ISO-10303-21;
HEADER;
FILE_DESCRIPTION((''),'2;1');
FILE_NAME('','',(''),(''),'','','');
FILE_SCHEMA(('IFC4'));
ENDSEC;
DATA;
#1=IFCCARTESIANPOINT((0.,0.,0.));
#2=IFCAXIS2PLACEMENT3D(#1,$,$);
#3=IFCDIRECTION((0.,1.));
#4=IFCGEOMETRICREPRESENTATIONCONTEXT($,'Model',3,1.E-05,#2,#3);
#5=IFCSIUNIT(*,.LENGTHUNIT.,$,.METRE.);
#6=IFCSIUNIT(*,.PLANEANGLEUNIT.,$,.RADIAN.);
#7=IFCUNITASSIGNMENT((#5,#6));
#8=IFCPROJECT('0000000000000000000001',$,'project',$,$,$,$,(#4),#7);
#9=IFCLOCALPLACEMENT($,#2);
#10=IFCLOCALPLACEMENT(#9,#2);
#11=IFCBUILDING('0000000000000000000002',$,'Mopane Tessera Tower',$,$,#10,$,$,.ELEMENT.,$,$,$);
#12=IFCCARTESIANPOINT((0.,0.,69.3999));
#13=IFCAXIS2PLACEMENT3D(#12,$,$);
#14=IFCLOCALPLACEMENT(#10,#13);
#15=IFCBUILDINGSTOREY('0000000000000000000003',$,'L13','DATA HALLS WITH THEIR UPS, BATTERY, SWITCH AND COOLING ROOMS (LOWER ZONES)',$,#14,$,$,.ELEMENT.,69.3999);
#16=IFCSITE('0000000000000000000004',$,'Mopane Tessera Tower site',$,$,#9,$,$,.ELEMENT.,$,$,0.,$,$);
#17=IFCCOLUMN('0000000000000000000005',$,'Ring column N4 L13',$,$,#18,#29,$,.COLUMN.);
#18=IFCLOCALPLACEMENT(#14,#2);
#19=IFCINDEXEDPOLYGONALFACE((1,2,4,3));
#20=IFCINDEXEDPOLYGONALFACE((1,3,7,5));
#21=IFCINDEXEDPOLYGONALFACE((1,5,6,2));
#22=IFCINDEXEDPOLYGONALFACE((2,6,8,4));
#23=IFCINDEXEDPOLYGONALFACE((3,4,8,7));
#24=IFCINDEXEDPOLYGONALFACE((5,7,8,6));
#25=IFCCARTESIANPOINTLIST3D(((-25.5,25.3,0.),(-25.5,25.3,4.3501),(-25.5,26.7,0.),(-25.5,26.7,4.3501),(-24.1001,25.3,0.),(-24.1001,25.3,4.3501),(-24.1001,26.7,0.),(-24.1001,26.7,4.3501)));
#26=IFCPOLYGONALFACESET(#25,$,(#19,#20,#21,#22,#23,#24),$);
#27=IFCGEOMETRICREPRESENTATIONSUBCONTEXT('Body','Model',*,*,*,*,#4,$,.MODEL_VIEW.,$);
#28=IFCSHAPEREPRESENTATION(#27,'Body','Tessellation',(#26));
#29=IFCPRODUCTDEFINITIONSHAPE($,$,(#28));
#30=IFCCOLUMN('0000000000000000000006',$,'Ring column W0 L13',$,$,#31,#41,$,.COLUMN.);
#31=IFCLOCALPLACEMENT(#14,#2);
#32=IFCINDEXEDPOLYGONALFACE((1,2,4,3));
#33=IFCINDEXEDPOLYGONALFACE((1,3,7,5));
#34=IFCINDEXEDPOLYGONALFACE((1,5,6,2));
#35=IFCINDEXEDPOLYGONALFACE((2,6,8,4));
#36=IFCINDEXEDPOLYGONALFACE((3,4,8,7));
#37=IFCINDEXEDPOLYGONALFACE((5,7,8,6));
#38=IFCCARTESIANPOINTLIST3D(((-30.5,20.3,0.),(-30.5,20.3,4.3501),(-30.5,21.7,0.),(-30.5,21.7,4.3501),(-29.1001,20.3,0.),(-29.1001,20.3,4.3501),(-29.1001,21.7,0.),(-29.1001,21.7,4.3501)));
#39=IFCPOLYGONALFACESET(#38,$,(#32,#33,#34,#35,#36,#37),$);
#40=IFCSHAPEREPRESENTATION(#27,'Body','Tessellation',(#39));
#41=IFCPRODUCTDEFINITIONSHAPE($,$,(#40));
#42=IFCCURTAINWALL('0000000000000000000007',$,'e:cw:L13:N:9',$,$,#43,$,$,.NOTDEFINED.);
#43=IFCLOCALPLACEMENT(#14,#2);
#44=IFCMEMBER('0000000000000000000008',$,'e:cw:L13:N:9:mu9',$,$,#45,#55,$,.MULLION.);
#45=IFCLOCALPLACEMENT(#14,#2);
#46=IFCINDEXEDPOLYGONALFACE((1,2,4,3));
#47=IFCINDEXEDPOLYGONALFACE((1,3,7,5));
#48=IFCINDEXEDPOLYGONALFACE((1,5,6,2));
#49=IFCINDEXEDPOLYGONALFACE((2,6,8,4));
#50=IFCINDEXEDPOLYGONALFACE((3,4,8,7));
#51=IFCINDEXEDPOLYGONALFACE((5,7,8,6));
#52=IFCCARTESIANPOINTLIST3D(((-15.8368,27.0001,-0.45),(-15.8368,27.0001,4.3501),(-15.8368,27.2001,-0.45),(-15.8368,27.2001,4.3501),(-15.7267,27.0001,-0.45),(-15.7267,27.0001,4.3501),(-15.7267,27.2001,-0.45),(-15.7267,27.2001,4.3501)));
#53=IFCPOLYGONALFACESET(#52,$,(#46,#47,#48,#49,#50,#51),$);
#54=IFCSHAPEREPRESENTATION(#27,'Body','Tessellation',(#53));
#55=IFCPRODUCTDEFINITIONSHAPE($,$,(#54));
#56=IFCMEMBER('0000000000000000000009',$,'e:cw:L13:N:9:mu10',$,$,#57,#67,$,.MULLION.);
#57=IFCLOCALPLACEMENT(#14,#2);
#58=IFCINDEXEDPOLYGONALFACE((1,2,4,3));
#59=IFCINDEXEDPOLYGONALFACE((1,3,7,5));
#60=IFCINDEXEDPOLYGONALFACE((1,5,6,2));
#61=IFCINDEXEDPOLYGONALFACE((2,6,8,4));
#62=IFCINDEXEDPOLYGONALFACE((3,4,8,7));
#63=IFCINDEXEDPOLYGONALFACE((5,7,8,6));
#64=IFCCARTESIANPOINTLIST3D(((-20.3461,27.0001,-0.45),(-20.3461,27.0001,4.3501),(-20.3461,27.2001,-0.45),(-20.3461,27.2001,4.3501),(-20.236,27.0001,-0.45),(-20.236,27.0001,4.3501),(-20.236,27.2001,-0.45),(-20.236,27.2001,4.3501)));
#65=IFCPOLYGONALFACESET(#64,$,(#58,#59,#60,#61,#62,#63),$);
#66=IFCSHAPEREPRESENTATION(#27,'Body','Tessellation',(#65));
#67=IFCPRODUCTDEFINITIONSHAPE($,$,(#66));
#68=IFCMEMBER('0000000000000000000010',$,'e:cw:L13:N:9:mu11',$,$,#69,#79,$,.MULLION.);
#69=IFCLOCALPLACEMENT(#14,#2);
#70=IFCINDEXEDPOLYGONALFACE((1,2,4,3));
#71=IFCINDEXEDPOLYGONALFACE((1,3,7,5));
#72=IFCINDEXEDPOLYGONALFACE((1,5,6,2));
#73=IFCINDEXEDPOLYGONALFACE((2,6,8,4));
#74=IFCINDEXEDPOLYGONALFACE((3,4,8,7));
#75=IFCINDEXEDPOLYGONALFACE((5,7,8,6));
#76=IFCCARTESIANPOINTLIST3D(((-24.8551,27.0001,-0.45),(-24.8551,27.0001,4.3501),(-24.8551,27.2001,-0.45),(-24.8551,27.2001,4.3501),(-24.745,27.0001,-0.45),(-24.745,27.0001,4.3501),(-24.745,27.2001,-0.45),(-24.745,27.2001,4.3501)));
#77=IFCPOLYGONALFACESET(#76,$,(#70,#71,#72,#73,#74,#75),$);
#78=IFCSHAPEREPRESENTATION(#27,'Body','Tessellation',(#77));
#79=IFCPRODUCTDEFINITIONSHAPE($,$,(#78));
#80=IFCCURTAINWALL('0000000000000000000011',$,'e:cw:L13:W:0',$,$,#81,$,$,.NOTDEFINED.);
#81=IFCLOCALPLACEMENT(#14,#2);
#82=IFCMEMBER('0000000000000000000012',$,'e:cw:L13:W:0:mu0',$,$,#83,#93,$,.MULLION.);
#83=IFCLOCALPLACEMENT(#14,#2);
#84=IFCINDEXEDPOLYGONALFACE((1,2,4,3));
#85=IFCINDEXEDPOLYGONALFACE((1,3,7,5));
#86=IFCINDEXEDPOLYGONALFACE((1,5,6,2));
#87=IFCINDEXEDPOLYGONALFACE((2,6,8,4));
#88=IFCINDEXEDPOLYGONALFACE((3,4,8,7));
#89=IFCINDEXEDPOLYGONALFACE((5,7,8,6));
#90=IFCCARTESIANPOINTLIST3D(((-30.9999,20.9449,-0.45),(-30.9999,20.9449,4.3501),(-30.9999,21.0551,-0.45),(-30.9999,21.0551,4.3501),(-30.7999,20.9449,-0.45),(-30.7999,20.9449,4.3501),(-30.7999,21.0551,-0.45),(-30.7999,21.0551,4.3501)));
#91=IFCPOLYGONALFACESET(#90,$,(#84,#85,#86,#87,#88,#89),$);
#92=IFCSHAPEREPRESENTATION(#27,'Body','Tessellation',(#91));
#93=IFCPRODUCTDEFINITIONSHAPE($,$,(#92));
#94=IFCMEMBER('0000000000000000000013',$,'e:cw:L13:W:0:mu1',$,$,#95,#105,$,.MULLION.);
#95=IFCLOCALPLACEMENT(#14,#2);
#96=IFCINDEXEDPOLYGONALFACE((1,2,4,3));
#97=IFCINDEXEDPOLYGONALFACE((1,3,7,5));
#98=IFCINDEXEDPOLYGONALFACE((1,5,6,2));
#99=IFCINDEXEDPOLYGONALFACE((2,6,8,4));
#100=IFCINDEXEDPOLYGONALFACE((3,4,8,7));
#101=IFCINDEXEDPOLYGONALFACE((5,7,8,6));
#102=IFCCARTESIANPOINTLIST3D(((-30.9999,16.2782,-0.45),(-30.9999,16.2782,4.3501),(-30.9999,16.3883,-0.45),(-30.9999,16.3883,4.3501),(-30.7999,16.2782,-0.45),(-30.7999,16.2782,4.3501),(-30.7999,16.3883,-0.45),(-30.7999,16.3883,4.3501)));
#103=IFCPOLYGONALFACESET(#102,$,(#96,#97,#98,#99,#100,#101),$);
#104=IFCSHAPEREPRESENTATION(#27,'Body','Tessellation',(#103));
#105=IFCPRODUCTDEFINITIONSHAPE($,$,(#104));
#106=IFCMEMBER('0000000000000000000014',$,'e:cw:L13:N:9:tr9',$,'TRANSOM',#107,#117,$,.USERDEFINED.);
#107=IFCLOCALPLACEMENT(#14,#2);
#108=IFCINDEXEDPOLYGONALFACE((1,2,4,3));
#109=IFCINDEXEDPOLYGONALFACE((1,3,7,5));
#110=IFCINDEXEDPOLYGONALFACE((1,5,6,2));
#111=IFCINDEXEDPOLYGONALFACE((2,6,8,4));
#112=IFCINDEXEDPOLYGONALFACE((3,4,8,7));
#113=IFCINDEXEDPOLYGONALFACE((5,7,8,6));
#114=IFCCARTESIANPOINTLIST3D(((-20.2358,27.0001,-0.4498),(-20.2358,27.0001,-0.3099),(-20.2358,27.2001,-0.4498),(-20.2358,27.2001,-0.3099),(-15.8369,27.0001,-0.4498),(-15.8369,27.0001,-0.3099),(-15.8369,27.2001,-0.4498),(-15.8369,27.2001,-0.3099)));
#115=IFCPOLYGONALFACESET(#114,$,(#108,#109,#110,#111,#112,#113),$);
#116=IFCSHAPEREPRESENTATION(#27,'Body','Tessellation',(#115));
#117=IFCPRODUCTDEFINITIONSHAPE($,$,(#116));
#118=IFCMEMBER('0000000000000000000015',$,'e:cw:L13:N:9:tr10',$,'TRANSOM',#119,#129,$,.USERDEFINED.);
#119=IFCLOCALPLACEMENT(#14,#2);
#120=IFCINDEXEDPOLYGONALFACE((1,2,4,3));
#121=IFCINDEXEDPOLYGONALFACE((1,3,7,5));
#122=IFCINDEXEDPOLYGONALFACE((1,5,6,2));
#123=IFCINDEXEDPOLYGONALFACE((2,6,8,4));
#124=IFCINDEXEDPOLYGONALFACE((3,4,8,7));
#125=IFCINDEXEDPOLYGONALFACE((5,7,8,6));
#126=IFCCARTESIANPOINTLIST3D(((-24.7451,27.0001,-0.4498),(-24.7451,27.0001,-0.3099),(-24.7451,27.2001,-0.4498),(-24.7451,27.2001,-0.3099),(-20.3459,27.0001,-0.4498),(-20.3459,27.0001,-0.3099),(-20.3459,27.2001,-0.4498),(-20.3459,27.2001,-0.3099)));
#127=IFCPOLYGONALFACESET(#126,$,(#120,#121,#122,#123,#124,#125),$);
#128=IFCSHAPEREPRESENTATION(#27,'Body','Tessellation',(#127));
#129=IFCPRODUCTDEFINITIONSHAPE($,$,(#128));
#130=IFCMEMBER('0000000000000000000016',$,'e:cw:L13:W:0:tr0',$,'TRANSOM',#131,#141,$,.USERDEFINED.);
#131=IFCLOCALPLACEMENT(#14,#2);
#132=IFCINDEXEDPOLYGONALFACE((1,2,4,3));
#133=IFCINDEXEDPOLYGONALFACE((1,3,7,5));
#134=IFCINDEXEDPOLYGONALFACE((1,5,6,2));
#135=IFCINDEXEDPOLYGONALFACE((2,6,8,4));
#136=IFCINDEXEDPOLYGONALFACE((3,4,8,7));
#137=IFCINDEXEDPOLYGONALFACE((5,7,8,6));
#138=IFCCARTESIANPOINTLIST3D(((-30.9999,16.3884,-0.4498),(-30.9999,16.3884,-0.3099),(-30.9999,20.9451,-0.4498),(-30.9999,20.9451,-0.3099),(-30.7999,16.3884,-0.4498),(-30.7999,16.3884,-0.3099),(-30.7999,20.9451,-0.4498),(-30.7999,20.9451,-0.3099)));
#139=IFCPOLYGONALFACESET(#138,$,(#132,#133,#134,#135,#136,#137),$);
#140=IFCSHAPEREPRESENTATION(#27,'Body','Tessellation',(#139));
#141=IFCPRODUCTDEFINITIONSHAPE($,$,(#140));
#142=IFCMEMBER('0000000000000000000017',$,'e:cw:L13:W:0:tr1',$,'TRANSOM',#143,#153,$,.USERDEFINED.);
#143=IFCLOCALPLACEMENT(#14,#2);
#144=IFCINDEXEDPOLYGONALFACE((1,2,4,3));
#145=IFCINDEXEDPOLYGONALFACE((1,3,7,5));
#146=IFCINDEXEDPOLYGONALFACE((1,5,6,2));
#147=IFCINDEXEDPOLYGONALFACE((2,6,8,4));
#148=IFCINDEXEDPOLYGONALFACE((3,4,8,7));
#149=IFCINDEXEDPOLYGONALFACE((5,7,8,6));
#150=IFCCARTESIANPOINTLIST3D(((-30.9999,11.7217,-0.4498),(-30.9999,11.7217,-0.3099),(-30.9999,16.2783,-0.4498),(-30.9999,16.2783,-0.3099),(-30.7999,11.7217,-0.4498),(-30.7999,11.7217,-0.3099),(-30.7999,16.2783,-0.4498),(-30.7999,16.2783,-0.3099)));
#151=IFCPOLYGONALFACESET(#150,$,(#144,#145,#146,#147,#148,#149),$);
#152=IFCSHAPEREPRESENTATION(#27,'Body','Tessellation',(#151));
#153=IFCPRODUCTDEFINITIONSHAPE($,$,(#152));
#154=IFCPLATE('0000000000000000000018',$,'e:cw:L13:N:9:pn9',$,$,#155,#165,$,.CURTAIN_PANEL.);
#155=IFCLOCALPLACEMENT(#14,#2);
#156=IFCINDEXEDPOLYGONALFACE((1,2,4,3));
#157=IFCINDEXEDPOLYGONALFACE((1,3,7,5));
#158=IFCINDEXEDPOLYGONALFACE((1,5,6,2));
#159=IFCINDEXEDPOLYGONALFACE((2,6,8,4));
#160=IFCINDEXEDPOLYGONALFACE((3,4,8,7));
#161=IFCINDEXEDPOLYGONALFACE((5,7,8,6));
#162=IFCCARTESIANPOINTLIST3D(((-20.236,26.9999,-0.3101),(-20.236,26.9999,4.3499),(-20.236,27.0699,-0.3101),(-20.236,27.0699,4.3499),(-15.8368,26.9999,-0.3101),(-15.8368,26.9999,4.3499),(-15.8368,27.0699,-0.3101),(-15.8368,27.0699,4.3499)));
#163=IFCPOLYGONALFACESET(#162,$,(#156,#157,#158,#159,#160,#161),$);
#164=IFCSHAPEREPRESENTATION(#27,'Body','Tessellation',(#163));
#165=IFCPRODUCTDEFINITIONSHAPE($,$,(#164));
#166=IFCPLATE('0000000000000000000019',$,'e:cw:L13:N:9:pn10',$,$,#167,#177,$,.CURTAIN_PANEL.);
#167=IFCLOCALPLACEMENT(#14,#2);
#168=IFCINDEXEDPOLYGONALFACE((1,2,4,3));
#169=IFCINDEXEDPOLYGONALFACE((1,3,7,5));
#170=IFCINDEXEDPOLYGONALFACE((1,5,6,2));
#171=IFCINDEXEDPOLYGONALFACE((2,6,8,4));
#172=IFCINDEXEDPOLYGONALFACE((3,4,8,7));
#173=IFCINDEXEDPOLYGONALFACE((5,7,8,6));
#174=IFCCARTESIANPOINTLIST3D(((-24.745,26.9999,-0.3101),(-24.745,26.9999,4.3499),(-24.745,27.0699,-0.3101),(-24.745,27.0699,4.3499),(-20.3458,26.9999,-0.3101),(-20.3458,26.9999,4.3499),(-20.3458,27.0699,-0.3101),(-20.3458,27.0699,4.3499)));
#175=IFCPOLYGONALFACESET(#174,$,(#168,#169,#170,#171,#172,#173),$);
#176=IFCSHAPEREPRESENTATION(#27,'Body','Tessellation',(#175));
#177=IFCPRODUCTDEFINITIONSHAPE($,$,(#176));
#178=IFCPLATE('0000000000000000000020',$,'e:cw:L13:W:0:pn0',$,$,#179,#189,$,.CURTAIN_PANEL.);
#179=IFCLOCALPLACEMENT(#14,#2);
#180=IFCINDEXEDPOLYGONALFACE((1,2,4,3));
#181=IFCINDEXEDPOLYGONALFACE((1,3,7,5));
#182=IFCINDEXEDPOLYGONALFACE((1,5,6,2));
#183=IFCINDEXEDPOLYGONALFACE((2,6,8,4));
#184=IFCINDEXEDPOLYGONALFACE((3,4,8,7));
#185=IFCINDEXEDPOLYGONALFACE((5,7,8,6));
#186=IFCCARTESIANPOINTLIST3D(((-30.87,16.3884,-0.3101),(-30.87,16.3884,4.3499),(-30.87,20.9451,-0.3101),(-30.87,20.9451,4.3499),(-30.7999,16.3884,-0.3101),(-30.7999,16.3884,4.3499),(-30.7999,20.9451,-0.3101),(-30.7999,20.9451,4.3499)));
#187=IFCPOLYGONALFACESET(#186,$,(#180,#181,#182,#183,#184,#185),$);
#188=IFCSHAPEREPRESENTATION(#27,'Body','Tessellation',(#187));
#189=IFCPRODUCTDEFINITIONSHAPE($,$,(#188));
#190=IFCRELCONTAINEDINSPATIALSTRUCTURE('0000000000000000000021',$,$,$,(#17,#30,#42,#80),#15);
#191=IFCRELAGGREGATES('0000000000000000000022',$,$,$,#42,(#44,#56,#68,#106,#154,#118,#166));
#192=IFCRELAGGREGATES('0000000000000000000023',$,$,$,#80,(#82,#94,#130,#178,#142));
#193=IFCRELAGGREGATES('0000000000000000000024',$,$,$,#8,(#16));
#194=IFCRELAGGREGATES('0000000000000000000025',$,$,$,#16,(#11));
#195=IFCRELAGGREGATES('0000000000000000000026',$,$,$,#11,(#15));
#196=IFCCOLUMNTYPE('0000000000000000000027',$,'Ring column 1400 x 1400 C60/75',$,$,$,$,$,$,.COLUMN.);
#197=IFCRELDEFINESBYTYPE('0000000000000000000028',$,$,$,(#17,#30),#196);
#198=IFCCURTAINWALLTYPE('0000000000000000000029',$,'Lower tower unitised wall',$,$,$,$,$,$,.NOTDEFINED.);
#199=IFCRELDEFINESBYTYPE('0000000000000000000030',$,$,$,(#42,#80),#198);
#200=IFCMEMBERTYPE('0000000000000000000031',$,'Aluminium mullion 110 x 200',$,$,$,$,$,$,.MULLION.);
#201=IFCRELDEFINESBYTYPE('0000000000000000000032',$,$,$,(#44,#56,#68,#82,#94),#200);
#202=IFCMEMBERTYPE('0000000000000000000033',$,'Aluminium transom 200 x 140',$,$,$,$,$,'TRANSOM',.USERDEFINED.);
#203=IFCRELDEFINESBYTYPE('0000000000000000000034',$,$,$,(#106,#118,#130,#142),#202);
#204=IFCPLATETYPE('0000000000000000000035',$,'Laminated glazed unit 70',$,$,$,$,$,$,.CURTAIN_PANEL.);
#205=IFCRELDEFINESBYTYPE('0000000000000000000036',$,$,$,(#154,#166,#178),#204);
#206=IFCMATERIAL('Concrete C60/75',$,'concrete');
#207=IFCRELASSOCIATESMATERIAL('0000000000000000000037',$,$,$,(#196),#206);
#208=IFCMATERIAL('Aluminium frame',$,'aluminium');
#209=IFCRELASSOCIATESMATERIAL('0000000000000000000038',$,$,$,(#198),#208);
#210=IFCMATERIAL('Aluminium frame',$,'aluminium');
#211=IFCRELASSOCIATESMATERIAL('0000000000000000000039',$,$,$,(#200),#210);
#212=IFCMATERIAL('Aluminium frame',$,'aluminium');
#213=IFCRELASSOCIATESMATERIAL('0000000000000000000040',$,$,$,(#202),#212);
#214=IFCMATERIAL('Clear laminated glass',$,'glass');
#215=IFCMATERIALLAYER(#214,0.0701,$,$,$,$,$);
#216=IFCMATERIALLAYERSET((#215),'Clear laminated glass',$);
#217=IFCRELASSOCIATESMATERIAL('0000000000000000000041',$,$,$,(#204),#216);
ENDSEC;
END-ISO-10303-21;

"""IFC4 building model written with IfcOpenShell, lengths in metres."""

from ifc_helpers import new_model, si_unit, direction, frame, origin, origin_2d, place, context, subcontext, project, spatial, rectangle, extrude, material, layer, layer_set, material_profile, profile_set, type_object, element, aggregate, save


model = new_model("IFC4")

# Units and contexts
model_context = context("Model", 3, precision=1e-05, world=origin(), true_north=direction((0.0, 1.0)))
body_context = subcontext(model_context, "Body", "Model", "MODEL_VIEW")
ifc_project = project(units=[si_unit("LENGTHUNIT", "METRE"), si_unit("PLANEANGLEUNIT", "RADIAN")], contexts=[model_context])

# Site, building, storey
site_placement = place(None, origin())
site = spatial("IfcSite", under=ifc_project, at=site_placement, Name="Mopane Tessera Tower site", CompositionType="ELEMENT", RefElevation=0.0)
building_placement = place(site_placement, origin())
building = spatial("IfcBuilding", under=site, at=building_placement, Name="Mopane Tessera Tower", CompositionType="ELEMENT")
storey_placement = place(building_placement, frame((0.0, 0.0, 69.3999)))
storey = spatial("IfcBuildingStorey", under=building, at=storey_placement, Name="L13", Description="DATA HALLS WITH THEIR UPS, BATTERY, SWITCH AND COOLING ROOMS (LOWER ZONES)", CompositionType="ELEMENT", Elevation=69.3999)

# Columns
ifc_material_1 = material(Name="Concrete C60/75", Category="concrete")
ifc_material_profile_1 = material_profile(ifc_material_1, rectangle(XDim=1.3999, YDim=1.3999, at=origin_2d()))
ifc_profile_set_1 = profile_set([ifc_material_profile_1], Name="Concrete C60/75")
column_type = type_object("IfcColumnType", Name="Ring column 1400 x 1400 C60/75", PredefinedType="COLUMN", material=ifc_profile_set_1)
for number, where, z_axis, x_axis, name in (
    (1, (-24.8, 26.0, 0.0), (0.0, 0.0, 1.0), (1.0, 0.0, 0.0), "Ring column N4 L13"),
    (2, (-29.8, 21.0, 0.0), (0.0, 0.0, 1.0), (1.0, 0.0, 0.0), "Ring column W0 L13"),
):
    element("IfcColumn", number, at=place(storey_placement, frame(where, z_axis=z_axis, x_axis=x_axis)), inside=storey, type_object=column_type, Name=name, PredefinedType="COLUMN", context=body_context, shape_type="SweptSolid", body=[
        extrude(rectangle(XDim=1.3999, YDim=1.3999, at=origin_2d()), origin(), (0.0, 0.0, 1.0), 4.3501),
    ])

# Curtain walls, members
ifc_material_2 = material(Name="Aluminium frame", Category="aluminium")
curtain_wall_type = type_object("IfcCurtainWallType", Name="Lower tower unitised wall", PredefinedType="NOTDEFINED", material=ifc_material_2)
curtain_wall_1_placement = place(storey_placement, origin())
curtain_wall_1 = element("IfcCurtainWall", 3, at=curtain_wall_1_placement, inside=storey, type_object=curtain_wall_type, Name="e:cw:L13:N:9", PredefinedType="NOTDEFINED")
ifc_material_3 = material(Name="Aluminium frame", Category="aluminium")
ifc_material_profile_2 = material_profile(ifc_material_3, rectangle(XDim=0.1101, YDim=0.2, at=origin_2d()))
ifc_profile_set_2 = profile_set([ifc_material_profile_2], Name="Aluminium frame")
member_type_1 = type_object("IfcMemberType", Name="Aluminium mullion 110 x 200", PredefinedType="MULLION", material=ifc_profile_set_2)
member_1_placement = place(storey_placement, frame((-15.7817, 27.1001, -0.45), z_axis=(0.0, 0.0, 1.0), x_axis=(-1.0, 0.0, 0.0)))
member_1 = element("IfcMember", 4, at=member_1_placement, type_object=member_type_1, Name="e:cw:L13:N:9:mu9", PredefinedType="MULLION", context=body_context, shape_type="SweptSolid", body=[
    extrude(rectangle(XDim=0.1101, YDim=0.2, at=origin_2d()), origin(), (0.0, 0.0, 1.0), 4.8),
])
member_2_placement = place(storey_placement, frame((-20.291, 27.1001, -0.45), z_axis=(0.0, 0.0, 1.0), x_axis=(-1.0, 0.0, 0.0)))
member_2 = element("IfcMember", 5, at=member_2_placement, type_object=member_type_1, Name="e:cw:L13:N:9:mu10", PredefinedType="MULLION", context=body_context, shape_type="SweptSolid", body=[
    extrude(rectangle(XDim=0.1101, YDim=0.2, at=origin_2d()), origin(), (0.0, 0.0, 1.0), 4.8),
])
member_3_placement = place(storey_placement, frame((-24.8, 27.1001, -0.45), z_axis=(0.0, 0.0, 1.0), x_axis=(-1.0, 0.0, 0.0)))
member_3 = element("IfcMember", 6, at=member_3_placement, type_object=member_type_1, Name="e:cw:L13:N:9:mu11", PredefinedType="MULLION", context=body_context, shape_type="SweptSolid", body=[
    extrude(rectangle(XDim=0.1101, YDim=0.2, at=origin_2d()), origin(), (0.0, 0.0, 1.0), 4.8),
])
curtain_wall_2_placement = place(storey_placement, origin())
curtain_wall_2 = element("IfcCurtainWall", 7, at=curtain_wall_2_placement, inside=storey, type_object=curtain_wall_type, Name="e:cw:L13:W:0", PredefinedType="NOTDEFINED")
member_4_placement = place(storey_placement, frame((-30.8999, 21.0, -0.45), z_axis=(0.0, 0.0, 1.0), x_axis=(0.0, -1.0, 0.0)))
member_4 = element("IfcMember", 8, at=member_4_placement, type_object=member_type_1, Name="e:cw:L13:W:0:mu0", PredefinedType="MULLION", context=body_context, shape_type="SweptSolid", body=[
    extrude(rectangle(XDim=0.1101, YDim=0.2, at=origin_2d()), origin(), (0.0, 0.0, 1.0), 4.8),
])
member_5_placement = place(storey_placement, frame((-30.8999, 16.3333, -0.45), z_axis=(0.0, 0.0, 1.0), x_axis=(0.0, -1.0, 0.0)))
member_5 = element("IfcMember", 9, at=member_5_placement, type_object=member_type_1, Name="e:cw:L13:W:0:mu1", PredefinedType="MULLION", context=body_context, shape_type="SweptSolid", body=[
    extrude(rectangle(XDim=0.1101, YDim=0.2, at=origin_2d()), origin(), (0.0, 0.0, 1.0), 4.8),
])

# Members
ifc_material_4 = material(Name="Aluminium frame", Category="aluminium")
ifc_material_profile_3 = material_profile(ifc_material_4, rectangle(XDim=0.2, YDim=0.1399, at=origin_2d()))
ifc_profile_set_3 = profile_set([ifc_material_profile_3], Name="Aluminium frame")
member_type_2 = type_object("IfcMemberType", Name="Aluminium transom 200 x 140", ElementType="TRANSOM", PredefinedType="USERDEFINED", material=ifc_profile_set_3)
member_6_placement = place(storey_placement, frame((-15.8369, 27.1001, -0.3799), z_axis=(-1.0, 0.0, 0.0), x_axis=(0.0, -1.0, 0.0)))
member_6 = element("IfcMember", 10, at=member_6_placement, type_object=member_type_2, Name="e:cw:L13:N:9:tr9", ObjectType="TRANSOM", PredefinedType="USERDEFINED", context=body_context, shape_type="SweptSolid", body=[
    extrude(rectangle(XDim=0.2, YDim=0.1399, at=origin_2d()), origin(), (0.0, 0.0, 1.0), 4.3989),
])
member_7_placement = place(storey_placement, frame((-20.3459, 27.1001, -0.3799), z_axis=(-1.0, 0.0, 0.0), x_axis=(0.0, -1.0, 0.0)))
member_7 = element("IfcMember", 11, at=member_7_placement, type_object=member_type_2, Name="e:cw:L13:N:9:tr10", ObjectType="TRANSOM", PredefinedType="USERDEFINED", context=body_context, shape_type="SweptSolid", body=[
    extrude(rectangle(XDim=0.2, YDim=0.1399, at=origin_2d()), origin(), (0.0, 0.0, 1.0), 4.3992),
])
member_8_placement = place(storey_placement, frame((-30.8999, 20.9451, -0.3799), z_axis=(0.0, -1.0, 0.0), x_axis=(1.0, 0.0, 0.0)))
member_8 = element("IfcMember", 12, at=member_8_placement, type_object=member_type_2, Name="e:cw:L13:W:0:tr0", ObjectType="TRANSOM", PredefinedType="USERDEFINED", context=body_context, shape_type="SweptSolid", body=[
    extrude(rectangle(XDim=0.2, YDim=0.1399, at=origin_2d()), origin(), (0.0, 0.0, 1.0), 4.5566),
])
member_9_placement = place(storey_placement, frame((-30.8999, 16.2783, -0.3799), z_axis=(0.0, -1.0, 0.0), x_axis=(1.0, 0.0, 0.0)))
member_9 = element("IfcMember", 13, at=member_9_placement, type_object=member_type_2, Name="e:cw:L13:W:0:tr1", ObjectType="TRANSOM", PredefinedType="USERDEFINED", context=body_context, shape_type="SweptSolid", body=[
    extrude(rectangle(XDim=0.2, YDim=0.1399, at=origin_2d()), origin(), (0.0, 0.0, 1.0), 4.5566),
])

# Plates
ifc_material_5 = material(Name="Clear laminated glass", Category="glass")
ifc_layer_1 = layer(ifc_material_5, 0.0701)
ifc_layer_set_1 = layer_set([ifc_layer_1], Name="Clear laminated glass")
plate_type = type_object("IfcPlateType", Name="Laminated glazed unit 70", PredefinedType="CURTAIN_PANEL", material=ifc_layer_set_1)
plate_1_placement = place(storey_placement, frame((-18.0364, 27.0349, -0.3101), z_axis=(0.0, 0.0, 1.0), x_axis=(-1.0, 0.0, 0.0)))
plate_1 = element("IfcPlate", 14, at=plate_1_placement, type_object=plate_type, Name="e:cw:L13:N:9:pn9", PredefinedType="CURTAIN_PANEL", context=body_context, shape_type="SweptSolid", body=[
    extrude(rectangle(XDim=4.3992, YDim=0.0701, at=origin_2d()), origin(), (0.0, 0.0, 1.0), 4.6599),
])
plate_2_placement = place(storey_placement, frame((-22.5454, 27.0349, -0.3101), z_axis=(0.0, 0.0, 1.0), x_axis=(-1.0, 0.0, 0.0)))
plate_2 = element("IfcPlate", 15, at=plate_2_placement, type_object=plate_type, Name="e:cw:L13:N:9:pn10", PredefinedType="CURTAIN_PANEL", context=body_context, shape_type="SweptSolid", body=[
    extrude(rectangle(XDim=4.3992, YDim=0.0701, at=origin_2d()), origin(), (0.0, 0.0, 1.0), 4.6599),
])
aggregate(curtain_wall_1, [member_1, member_2, member_3, member_6, plate_1, member_7, plate_2])
plate_3_placement = place(storey_placement, frame((-30.835, 18.6667, -0.3101), z_axis=(0.0, 0.0, 1.0), x_axis=(0.0, -1.0, 0.0)))
plate_3 = element("IfcPlate", 16, at=plate_3_placement, type_object=plate_type, Name="e:cw:L13:W:0:pn0", PredefinedType="CURTAIN_PANEL", context=body_context, shape_type="SweptSolid", body=[
    extrude(rectangle(XDim=4.5566, YDim=0.0701, at=origin_2d()), origin(), (0.0, 0.0, 1.0), 4.6599),
])
aggregate(curtain_wall_2, [member_4, member_5, member_8, plate_3, member_9])

save(model, "model.ifc")
